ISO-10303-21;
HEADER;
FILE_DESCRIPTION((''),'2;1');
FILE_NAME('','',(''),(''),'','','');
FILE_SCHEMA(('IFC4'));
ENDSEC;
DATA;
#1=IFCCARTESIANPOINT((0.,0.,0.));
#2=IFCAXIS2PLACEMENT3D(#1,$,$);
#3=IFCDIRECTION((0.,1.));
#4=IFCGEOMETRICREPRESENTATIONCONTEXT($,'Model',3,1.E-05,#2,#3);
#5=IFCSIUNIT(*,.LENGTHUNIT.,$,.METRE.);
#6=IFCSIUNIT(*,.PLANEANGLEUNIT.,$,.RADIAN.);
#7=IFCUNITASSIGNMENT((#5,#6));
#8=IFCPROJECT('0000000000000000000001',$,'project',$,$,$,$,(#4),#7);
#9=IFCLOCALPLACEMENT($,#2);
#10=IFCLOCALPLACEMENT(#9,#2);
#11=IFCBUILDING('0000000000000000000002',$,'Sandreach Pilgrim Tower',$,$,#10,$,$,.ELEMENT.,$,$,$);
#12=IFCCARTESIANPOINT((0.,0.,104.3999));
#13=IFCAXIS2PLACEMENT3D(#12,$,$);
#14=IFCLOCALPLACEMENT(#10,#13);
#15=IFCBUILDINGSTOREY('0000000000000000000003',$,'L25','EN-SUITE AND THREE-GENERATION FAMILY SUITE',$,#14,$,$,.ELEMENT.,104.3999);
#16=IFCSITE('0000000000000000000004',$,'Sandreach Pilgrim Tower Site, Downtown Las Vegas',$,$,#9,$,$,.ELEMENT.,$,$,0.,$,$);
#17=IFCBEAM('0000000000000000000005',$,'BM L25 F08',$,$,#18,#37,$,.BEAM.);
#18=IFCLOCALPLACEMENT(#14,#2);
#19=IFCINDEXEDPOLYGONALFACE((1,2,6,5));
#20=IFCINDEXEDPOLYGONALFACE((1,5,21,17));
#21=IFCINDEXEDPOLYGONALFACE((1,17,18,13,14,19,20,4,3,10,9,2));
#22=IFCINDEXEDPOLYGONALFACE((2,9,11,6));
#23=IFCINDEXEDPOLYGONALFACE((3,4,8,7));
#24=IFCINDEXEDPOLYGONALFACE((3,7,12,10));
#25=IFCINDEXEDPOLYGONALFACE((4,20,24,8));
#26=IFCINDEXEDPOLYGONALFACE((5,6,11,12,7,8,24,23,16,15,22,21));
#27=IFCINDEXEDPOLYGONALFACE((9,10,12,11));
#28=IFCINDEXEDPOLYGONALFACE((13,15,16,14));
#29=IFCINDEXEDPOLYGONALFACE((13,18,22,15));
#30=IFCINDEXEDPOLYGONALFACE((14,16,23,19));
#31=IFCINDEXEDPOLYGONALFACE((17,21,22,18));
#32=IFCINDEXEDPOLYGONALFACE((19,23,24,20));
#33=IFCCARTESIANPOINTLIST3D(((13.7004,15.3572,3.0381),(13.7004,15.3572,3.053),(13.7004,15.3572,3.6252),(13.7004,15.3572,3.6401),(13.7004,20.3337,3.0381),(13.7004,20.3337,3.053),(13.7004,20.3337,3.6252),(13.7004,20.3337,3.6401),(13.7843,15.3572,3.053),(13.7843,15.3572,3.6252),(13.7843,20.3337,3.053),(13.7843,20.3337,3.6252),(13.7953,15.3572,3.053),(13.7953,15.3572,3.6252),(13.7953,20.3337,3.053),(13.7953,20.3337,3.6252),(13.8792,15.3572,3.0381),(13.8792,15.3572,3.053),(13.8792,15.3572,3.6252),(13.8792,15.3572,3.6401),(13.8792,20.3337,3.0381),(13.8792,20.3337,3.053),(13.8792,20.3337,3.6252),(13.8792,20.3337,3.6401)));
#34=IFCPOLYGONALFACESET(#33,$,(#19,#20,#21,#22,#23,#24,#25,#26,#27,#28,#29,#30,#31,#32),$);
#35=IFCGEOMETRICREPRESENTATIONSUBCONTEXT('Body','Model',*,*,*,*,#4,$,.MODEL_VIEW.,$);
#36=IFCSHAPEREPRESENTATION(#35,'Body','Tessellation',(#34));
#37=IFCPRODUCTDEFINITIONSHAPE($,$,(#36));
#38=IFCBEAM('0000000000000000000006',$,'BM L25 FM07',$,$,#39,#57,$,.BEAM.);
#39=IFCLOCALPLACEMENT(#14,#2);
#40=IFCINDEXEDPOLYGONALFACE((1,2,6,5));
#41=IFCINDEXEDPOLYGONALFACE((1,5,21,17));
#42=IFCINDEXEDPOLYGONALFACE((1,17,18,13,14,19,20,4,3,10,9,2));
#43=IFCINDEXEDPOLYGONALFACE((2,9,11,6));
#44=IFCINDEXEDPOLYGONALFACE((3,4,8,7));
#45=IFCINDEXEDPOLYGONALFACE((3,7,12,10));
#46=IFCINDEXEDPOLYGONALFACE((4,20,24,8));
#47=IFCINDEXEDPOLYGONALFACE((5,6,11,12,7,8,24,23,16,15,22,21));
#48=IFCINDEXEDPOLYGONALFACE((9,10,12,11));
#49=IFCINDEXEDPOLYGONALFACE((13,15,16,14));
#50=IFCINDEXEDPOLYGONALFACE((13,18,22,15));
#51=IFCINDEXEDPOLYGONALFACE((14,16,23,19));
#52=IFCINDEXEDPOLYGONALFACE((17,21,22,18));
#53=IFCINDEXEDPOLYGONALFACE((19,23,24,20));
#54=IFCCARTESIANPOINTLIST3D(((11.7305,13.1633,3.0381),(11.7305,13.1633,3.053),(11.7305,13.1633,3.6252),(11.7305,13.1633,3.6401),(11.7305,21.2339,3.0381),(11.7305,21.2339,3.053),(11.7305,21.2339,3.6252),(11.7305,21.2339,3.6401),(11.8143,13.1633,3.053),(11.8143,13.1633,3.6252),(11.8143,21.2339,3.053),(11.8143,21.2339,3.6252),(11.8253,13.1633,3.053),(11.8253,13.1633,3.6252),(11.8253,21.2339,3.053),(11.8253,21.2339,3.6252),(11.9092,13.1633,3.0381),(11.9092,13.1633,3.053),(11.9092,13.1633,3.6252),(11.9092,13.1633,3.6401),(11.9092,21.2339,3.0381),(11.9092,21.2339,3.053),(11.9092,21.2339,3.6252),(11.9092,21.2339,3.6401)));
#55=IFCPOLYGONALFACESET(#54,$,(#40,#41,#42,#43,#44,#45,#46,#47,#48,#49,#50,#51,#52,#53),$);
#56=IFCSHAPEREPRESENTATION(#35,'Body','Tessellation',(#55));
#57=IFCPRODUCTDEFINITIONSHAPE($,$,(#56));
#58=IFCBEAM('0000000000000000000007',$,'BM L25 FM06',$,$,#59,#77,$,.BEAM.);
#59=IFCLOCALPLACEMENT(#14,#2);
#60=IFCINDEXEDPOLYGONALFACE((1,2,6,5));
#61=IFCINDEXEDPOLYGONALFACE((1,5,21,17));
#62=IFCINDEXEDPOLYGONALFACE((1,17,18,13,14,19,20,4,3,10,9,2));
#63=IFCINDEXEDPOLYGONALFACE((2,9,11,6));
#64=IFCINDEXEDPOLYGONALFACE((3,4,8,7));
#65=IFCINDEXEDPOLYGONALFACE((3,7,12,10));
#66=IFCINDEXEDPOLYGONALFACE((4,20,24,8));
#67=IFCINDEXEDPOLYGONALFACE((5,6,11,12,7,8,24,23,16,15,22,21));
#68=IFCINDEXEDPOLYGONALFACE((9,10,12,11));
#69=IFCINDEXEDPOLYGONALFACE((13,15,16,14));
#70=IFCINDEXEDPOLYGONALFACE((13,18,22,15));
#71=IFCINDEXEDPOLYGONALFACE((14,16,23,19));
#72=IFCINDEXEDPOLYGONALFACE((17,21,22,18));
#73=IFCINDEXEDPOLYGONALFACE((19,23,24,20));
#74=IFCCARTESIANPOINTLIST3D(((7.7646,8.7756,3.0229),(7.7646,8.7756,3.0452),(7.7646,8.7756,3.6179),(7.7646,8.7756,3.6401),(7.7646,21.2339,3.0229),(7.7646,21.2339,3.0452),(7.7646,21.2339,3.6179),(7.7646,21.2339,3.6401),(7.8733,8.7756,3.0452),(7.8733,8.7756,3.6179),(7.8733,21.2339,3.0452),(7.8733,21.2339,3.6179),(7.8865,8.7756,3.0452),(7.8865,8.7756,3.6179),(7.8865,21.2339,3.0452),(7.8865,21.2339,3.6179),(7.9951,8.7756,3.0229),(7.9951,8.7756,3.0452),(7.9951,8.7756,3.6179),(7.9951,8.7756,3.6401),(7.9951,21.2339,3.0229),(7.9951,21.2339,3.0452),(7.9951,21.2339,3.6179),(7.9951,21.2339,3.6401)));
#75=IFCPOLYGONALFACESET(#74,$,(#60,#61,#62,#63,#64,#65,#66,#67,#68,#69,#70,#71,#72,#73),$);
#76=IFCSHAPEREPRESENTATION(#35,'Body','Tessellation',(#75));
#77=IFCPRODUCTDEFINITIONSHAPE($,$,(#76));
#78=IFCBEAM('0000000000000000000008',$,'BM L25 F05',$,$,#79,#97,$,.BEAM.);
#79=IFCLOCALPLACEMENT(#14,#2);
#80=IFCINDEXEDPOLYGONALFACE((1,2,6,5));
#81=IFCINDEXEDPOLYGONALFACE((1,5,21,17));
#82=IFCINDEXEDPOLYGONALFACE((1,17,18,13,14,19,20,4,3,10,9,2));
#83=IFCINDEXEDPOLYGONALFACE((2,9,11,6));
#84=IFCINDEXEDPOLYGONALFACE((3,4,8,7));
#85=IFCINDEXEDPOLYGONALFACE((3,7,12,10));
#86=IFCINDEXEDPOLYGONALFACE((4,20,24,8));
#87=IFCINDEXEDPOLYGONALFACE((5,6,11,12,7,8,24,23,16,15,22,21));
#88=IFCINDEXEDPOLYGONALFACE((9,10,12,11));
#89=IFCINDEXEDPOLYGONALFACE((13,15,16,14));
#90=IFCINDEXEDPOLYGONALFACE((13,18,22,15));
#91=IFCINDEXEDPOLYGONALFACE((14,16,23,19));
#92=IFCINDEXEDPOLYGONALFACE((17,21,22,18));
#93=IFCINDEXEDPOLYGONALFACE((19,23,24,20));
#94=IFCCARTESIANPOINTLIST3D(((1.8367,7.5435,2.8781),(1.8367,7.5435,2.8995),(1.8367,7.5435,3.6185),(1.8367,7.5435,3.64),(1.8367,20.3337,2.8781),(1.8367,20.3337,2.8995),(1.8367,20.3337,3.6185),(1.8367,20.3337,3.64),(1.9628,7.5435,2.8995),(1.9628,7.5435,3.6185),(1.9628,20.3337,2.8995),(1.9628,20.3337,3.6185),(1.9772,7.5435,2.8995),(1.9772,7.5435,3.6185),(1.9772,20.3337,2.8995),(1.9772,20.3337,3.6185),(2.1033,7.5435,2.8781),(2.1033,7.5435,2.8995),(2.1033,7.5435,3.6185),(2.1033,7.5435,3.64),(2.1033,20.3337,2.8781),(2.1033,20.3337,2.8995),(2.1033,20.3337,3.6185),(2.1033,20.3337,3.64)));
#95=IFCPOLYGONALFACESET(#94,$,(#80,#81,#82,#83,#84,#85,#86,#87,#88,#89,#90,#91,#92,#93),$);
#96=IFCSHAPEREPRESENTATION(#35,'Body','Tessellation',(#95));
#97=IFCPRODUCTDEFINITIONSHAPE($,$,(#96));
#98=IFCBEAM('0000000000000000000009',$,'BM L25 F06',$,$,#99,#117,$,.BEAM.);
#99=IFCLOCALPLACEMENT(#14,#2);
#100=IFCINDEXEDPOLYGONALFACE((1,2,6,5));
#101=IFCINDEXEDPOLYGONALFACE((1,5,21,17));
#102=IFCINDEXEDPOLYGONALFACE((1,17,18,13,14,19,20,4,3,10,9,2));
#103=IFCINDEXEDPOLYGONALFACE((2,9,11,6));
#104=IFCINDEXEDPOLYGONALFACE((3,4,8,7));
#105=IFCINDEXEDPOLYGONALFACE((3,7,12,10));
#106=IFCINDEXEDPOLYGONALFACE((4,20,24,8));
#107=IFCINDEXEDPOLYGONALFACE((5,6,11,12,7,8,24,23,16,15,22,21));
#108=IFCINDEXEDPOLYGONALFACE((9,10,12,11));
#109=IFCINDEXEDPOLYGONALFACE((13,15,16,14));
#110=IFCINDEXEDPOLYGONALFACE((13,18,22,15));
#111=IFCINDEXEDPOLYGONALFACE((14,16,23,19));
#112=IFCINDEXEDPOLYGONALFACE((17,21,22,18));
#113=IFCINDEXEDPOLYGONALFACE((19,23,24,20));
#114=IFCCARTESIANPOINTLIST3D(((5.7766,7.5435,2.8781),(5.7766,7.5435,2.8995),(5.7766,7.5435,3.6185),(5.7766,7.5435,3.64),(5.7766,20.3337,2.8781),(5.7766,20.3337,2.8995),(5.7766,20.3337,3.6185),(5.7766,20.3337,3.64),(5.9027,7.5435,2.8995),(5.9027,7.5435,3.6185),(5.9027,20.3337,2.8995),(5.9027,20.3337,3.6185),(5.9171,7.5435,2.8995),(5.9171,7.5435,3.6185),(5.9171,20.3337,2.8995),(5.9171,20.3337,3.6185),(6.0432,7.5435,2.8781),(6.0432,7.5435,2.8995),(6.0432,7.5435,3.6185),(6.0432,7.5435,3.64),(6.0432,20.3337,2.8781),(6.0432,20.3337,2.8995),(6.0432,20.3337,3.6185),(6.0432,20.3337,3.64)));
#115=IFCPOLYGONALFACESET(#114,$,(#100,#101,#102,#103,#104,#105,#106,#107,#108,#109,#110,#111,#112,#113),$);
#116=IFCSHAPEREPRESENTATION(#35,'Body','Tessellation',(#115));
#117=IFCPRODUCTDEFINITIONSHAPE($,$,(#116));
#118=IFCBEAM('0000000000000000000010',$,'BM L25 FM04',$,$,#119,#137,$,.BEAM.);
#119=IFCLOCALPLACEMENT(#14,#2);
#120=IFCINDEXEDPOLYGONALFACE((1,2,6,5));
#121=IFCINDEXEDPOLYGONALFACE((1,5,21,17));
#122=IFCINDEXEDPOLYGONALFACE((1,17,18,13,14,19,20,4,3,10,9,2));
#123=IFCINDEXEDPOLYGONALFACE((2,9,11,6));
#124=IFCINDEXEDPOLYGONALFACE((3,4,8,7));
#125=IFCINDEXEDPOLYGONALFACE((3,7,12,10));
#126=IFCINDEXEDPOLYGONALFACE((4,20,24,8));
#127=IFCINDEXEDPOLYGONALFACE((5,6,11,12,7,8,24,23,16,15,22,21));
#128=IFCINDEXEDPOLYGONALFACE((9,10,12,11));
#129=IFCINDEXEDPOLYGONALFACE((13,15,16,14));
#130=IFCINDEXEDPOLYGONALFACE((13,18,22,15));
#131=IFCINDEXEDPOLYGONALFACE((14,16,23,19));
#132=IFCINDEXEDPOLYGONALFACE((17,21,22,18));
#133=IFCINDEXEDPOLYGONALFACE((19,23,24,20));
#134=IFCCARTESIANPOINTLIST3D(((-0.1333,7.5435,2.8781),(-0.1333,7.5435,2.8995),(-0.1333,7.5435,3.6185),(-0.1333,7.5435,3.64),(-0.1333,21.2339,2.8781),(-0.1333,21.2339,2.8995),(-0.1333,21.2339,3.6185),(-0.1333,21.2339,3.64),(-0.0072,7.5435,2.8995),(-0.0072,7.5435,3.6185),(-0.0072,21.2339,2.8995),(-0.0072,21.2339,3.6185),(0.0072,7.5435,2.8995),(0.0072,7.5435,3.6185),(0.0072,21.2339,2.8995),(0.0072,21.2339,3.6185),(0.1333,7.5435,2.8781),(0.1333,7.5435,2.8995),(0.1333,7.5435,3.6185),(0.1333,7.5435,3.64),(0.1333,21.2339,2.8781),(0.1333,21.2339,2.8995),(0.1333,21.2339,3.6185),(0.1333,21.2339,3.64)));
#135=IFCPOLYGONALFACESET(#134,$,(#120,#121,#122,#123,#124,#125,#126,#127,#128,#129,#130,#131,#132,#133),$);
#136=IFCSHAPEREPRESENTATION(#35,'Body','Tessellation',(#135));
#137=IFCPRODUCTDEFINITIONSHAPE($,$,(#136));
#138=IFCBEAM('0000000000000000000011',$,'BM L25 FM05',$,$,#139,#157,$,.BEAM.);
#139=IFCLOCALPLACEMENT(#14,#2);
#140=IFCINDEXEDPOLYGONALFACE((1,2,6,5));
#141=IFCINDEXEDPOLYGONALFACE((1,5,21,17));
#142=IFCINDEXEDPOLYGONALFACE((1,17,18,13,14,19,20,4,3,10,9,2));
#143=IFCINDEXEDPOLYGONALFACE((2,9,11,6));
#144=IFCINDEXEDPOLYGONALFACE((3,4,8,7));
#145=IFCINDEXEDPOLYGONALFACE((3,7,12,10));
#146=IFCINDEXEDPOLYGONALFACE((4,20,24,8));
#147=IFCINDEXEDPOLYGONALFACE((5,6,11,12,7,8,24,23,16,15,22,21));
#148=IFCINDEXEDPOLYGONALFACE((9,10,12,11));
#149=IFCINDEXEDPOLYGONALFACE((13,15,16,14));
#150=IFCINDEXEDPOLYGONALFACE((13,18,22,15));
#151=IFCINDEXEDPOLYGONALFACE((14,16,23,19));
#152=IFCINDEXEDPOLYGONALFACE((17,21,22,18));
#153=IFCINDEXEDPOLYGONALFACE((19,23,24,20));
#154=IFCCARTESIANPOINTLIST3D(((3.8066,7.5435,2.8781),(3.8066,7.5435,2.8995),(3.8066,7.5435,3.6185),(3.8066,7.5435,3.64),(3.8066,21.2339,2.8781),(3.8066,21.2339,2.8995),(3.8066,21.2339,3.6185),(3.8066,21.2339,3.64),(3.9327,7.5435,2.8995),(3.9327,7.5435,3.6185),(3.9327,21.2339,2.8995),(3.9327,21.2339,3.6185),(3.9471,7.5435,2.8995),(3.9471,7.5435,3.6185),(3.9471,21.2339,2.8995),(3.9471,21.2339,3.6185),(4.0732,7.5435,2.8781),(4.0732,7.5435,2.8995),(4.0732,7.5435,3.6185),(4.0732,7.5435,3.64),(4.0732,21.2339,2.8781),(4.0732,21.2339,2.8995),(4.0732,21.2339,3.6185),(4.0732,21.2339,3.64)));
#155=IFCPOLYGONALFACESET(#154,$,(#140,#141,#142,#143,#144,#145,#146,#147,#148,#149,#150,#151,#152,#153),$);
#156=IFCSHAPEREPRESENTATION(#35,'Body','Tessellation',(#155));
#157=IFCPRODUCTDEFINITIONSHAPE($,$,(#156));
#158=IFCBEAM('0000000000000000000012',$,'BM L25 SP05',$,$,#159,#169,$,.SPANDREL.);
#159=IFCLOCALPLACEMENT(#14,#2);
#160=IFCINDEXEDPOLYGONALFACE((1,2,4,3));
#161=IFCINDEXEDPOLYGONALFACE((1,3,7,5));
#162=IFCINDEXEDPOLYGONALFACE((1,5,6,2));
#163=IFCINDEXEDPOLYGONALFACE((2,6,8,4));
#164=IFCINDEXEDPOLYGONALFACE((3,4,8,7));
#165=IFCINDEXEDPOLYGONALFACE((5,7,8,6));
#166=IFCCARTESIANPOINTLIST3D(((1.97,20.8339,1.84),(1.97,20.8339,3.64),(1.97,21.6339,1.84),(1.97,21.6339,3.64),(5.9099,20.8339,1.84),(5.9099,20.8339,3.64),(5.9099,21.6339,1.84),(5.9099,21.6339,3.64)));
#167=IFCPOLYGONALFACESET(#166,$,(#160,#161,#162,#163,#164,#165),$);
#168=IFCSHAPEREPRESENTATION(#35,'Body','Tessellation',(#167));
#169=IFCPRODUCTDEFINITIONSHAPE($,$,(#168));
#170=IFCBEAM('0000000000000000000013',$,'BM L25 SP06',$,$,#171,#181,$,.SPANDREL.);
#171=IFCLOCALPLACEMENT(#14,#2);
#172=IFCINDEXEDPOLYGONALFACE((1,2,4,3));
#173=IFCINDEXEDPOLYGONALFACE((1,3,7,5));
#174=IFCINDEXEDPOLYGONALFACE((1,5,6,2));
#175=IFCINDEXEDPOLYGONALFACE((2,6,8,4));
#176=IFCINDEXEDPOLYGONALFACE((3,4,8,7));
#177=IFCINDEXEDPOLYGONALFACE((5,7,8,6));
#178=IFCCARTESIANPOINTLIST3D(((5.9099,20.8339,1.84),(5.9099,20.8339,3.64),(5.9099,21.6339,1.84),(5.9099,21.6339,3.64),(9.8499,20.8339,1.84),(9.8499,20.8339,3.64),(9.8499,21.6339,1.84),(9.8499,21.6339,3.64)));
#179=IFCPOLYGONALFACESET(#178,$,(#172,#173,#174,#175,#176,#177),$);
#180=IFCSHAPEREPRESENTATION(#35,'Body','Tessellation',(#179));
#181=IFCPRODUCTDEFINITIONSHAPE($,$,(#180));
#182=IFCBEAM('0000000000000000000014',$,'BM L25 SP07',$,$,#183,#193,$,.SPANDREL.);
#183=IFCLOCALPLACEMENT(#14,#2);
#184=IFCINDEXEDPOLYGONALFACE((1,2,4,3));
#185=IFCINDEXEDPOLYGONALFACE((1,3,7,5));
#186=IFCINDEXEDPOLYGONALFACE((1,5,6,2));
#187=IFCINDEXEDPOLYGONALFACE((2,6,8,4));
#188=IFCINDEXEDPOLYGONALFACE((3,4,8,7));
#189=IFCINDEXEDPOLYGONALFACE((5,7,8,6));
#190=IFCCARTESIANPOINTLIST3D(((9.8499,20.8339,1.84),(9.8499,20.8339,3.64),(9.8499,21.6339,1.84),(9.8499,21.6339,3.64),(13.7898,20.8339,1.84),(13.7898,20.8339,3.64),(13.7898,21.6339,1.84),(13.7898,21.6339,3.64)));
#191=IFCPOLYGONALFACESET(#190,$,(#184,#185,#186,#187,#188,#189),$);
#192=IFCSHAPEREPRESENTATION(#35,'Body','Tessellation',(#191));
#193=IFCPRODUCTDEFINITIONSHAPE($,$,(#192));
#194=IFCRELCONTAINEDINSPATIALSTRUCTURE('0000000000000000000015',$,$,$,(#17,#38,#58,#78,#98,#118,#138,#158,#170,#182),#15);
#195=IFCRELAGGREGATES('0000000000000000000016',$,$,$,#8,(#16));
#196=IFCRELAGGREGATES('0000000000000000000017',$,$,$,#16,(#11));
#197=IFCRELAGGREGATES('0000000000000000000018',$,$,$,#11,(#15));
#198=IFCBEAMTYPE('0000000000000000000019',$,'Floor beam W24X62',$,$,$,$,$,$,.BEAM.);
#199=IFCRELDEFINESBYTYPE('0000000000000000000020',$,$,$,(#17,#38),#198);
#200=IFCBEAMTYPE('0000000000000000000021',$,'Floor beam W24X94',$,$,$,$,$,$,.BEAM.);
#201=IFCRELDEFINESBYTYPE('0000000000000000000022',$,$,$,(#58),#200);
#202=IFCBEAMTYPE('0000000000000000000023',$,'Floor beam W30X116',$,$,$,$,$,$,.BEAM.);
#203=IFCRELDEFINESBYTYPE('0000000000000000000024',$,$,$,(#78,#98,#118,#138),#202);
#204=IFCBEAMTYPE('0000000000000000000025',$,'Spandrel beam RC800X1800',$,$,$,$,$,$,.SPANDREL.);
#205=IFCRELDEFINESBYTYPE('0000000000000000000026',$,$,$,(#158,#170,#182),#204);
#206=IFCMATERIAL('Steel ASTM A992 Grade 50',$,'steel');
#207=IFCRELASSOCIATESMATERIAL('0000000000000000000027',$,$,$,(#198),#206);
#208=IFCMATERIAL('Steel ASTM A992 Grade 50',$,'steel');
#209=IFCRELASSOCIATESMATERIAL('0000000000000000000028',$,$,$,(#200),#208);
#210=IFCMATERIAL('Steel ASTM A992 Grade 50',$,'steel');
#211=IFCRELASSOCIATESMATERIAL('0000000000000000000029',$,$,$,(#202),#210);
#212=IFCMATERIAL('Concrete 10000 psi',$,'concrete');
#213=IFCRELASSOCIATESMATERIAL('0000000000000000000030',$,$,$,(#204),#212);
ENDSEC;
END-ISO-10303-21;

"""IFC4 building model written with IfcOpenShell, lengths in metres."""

from ifc_helpers import new_model, si_unit, direction, frame, origin, origin_2d, place, context, subcontext, project, spatial, rectangle, i_section, extrude, material, material_profile, profile_set, type_object, element, save


model = new_model("IFC4")

# Units and contexts
model_context = context("Model", 3, precision=1e-05, world=origin(), true_north=direction((0.0, 1.0)))
body_context = subcontext(model_context, "Body", "Model", "MODEL_VIEW")
ifc_project = project(units=[si_unit("LENGTHUNIT", "METRE"), si_unit("PLANEANGLEUNIT", "RADIAN")], contexts=[model_context])

# Site, building, storey
site_placement = place(None, origin())
site = spatial("IfcSite", under=ifc_project, at=site_placement, Name="Sandreach Pilgrim Tower Site, Downtown Las Vegas", CompositionType="ELEMENT", RefElevation=0.0)
building_placement = place(site_placement, origin())
building = spatial("IfcBuilding", under=site, at=building_placement, Name="Sandreach Pilgrim Tower", CompositionType="ELEMENT")
storey_placement = place(building_placement, frame((0.0, 0.0, 104.3999)))
storey = spatial("IfcBuildingStorey", under=building, at=storey_placement, Name="L25", Description="EN-SUITE AND THREE-GENERATION FAMILY SUITE", CompositionType="ELEMENT", Elevation=104.3999)

# Beams
ifc_material_1 = material(Name="Steel ASTM A992 Grade 50", Category="steel")
ifc_material_profile_1 = material_profile(ifc_material_1, i_section(OverallWidth=0.1787, OverallDepth=0.6021, WebThickness=0.011, FlangeThickness=0.0149, at=origin_2d()), Name="W24X62")
ifc_profile_set_1 = profile_set([ifc_material_profile_1], Name="Steel ASTM A992 Grade 50")
beam_type_1 = type_object("IfcBeamType", Name="Floor beam W24X62", PredefinedType="BEAM", material=ifc_profile_set_1)
beam_1_placement = place(storey_placement, frame((13.7898, 20.3337, 3.3391), z_axis=(0.0, -1.0, 0.0), x_axis=(1.0, 0.0, 0.0)))
element("IfcBeam", 1, at=beam_1_placement, inside=storey, type_object=beam_type_1, Name="BM L25 F08", PredefinedType="BEAM", context=body_context, shape_type="SweptSolid", body=[
    extrude(i_section(OverallWidth=0.1787, OverallDepth=0.6021, WebThickness=0.011, FlangeThickness=0.0149, at=origin_2d()), origin(), (0.0, 0.0, 1.0), 4.9766),
])
beam_2_placement = place(storey_placement, frame((11.8198, 21.2339, 3.3391), z_axis=(0.0, -1.0, 0.0), x_axis=(1.0, 0.0, 0.0)))
element("IfcBeam", 2, at=beam_2_placement, inside=storey, type_object=beam_type_1, Name="BM L25 FM07", PredefinedType="BEAM", context=body_context, shape_type="SweptSolid", body=[
    extrude(i_section(OverallWidth=0.1787, OverallDepth=0.6021, WebThickness=0.011, FlangeThickness=0.0149, at=origin_2d()), origin(), (0.0, 0.0, 1.0), 8.0706),
])
ifc_material_2 = material(Name="Steel ASTM A992 Grade 50", Category="steel")
ifc_material_profile_2 = material_profile(ifc_material_2, i_section(OverallWidth=0.2305, OverallDepth=0.6172, WebThickness=0.0132, FlangeThickness=0.0222, at=origin_2d()), Name="W24X94")
ifc_profile_set_2 = profile_set([ifc_material_profile_2], Name="Steel ASTM A992 Grade 50")
beam_type_2 = type_object("IfcBeamType", Name="Floor beam W24X94", PredefinedType="BEAM", material=ifc_profile_set_2)
beam_3_placement = place(storey_placement, frame((7.8799, 21.2339, 3.3315), z_axis=(0.0, -1.0, 0.0), x_axis=(1.0, 0.0, 0.0)))
element("IfcBeam", 3, at=beam_3_placement, inside=storey, type_object=beam_type_2, Name="BM L25 FM06", PredefinedType="BEAM", context=body_context, shape_type="SweptSolid", body=[
    extrude(i_section(OverallWidth=0.2305, OverallDepth=0.6172, WebThickness=0.0132, FlangeThickness=0.0222, at=origin_2d()), origin(), (0.0, 0.0, 1.0), 12.4583),
])
ifc_material_3 = material(Name="Steel ASTM A992 Grade 50", Category="steel")
ifc_material_profile_3 = material_profile(ifc_material_3, i_section(OverallWidth=0.2666, OverallDepth=0.762, WebThickness=0.0144, FlangeThickness=0.0215, at=origin_2d()), Name="W30X116")
ifc_profile_set_3 = profile_set([ifc_material_profile_3], Name="Steel ASTM A992 Grade 50")
beam_type_3 = type_object("IfcBeamType", Name="Floor beam W30X116", PredefinedType="BEAM", material=ifc_profile_set_3)
for number, where, z_axis, x_axis, name in (
    (4, (1.97, 20.3337, 3.259), (0.0, -1.0, 0.0), (1.0, 0.0, 0.0), "BM L25 F05"),
    (5, (5.9099, 20.3337, 3.259), (0.0, -1.0, 0.0), (1.0, 0.0, 0.0), "BM L25 F06"),
):
    element("IfcBeam", number, at=place(storey_placement, frame(where, z_axis=z_axis, x_axis=x_axis)), inside=storey, type_object=beam_type_3, Name=name, PredefinedType="BEAM", context=body_context, shape_type="SweptSolid", body=[
        extrude(i_section(OverallWidth=0.2666, OverallDepth=0.762, WebThickness=0.0144, FlangeThickness=0.0215, at=origin_2d()), origin(), (0.0, 0.0, 1.0), 12.7903),
    ])
for number, where, z_axis, x_axis, name in (
    (6, (0.0, 21.2339, 3.259), (0.0, -1.0, 0.0), (1.0, 0.0, 0.0), "BM L25 FM04"),
    (7, (3.9399, 21.2339, 3.259), (0.0, -1.0, 0.0), (1.0, 0.0, 0.0), "BM L25 FM05"),
):
    element("IfcBeam", number, at=place(storey_placement, frame(where, z_axis=z_axis, x_axis=x_axis)), inside=storey, type_object=beam_type_3, Name=name, PredefinedType="BEAM", context=body_context, shape_type="SweptSolid", body=[
        extrude(i_section(OverallWidth=0.2666, OverallDepth=0.762, WebThickness=0.0144, FlangeThickness=0.0215, at=origin_2d()), origin(), (0.0, 0.0, 1.0), 13.6904),
    ])
ifc_material_4 = material(Name="Concrete 10000 psi", Category="concrete")
ifc_material_profile_4 = material_profile(ifc_material_4, rectangle(XDim=0.8, YDim=1.8, at=origin_2d()), Name="RC800X1800")
ifc_profile_set_4 = profile_set([ifc_material_profile_4], Name="Concrete 10000 psi")
beam_type_4 = type_object("IfcBeamType", Name="Spandrel beam RC800X1800", PredefinedType="SPANDREL", material=ifc_profile_set_4)
for number, where, z_axis, x_axis, name in (
    (8, (1.97, 21.2339, 2.74), (1.0, 0.0, 0.0), (0.0, 1.0, 0.0), "BM L25 SP05"),
    (9, (5.9099, 21.2339, 2.74), (1.0, 0.0, 0.0), (0.0, 1.0, 0.0), "BM L25 SP06"),
    (10, (9.8499, 21.2339, 2.74), (1.0, 0.0, 0.0), (0.0, 1.0, 0.0), "BM L25 SP07"),
):
    element("IfcBeam", number, at=place(storey_placement, frame(where, z_axis=z_axis, x_axis=x_axis)), inside=storey, type_object=beam_type_4, Name=name, PredefinedType="SPANDREL", context=body_context, shape_type="SweptSolid", body=[
        extrude(rectangle(XDim=0.8, YDim=1.8, at=origin_2d()), origin(), (0.0, 0.0, 1.0), 3.9399),
    ])

save(model, "model.ifc")
